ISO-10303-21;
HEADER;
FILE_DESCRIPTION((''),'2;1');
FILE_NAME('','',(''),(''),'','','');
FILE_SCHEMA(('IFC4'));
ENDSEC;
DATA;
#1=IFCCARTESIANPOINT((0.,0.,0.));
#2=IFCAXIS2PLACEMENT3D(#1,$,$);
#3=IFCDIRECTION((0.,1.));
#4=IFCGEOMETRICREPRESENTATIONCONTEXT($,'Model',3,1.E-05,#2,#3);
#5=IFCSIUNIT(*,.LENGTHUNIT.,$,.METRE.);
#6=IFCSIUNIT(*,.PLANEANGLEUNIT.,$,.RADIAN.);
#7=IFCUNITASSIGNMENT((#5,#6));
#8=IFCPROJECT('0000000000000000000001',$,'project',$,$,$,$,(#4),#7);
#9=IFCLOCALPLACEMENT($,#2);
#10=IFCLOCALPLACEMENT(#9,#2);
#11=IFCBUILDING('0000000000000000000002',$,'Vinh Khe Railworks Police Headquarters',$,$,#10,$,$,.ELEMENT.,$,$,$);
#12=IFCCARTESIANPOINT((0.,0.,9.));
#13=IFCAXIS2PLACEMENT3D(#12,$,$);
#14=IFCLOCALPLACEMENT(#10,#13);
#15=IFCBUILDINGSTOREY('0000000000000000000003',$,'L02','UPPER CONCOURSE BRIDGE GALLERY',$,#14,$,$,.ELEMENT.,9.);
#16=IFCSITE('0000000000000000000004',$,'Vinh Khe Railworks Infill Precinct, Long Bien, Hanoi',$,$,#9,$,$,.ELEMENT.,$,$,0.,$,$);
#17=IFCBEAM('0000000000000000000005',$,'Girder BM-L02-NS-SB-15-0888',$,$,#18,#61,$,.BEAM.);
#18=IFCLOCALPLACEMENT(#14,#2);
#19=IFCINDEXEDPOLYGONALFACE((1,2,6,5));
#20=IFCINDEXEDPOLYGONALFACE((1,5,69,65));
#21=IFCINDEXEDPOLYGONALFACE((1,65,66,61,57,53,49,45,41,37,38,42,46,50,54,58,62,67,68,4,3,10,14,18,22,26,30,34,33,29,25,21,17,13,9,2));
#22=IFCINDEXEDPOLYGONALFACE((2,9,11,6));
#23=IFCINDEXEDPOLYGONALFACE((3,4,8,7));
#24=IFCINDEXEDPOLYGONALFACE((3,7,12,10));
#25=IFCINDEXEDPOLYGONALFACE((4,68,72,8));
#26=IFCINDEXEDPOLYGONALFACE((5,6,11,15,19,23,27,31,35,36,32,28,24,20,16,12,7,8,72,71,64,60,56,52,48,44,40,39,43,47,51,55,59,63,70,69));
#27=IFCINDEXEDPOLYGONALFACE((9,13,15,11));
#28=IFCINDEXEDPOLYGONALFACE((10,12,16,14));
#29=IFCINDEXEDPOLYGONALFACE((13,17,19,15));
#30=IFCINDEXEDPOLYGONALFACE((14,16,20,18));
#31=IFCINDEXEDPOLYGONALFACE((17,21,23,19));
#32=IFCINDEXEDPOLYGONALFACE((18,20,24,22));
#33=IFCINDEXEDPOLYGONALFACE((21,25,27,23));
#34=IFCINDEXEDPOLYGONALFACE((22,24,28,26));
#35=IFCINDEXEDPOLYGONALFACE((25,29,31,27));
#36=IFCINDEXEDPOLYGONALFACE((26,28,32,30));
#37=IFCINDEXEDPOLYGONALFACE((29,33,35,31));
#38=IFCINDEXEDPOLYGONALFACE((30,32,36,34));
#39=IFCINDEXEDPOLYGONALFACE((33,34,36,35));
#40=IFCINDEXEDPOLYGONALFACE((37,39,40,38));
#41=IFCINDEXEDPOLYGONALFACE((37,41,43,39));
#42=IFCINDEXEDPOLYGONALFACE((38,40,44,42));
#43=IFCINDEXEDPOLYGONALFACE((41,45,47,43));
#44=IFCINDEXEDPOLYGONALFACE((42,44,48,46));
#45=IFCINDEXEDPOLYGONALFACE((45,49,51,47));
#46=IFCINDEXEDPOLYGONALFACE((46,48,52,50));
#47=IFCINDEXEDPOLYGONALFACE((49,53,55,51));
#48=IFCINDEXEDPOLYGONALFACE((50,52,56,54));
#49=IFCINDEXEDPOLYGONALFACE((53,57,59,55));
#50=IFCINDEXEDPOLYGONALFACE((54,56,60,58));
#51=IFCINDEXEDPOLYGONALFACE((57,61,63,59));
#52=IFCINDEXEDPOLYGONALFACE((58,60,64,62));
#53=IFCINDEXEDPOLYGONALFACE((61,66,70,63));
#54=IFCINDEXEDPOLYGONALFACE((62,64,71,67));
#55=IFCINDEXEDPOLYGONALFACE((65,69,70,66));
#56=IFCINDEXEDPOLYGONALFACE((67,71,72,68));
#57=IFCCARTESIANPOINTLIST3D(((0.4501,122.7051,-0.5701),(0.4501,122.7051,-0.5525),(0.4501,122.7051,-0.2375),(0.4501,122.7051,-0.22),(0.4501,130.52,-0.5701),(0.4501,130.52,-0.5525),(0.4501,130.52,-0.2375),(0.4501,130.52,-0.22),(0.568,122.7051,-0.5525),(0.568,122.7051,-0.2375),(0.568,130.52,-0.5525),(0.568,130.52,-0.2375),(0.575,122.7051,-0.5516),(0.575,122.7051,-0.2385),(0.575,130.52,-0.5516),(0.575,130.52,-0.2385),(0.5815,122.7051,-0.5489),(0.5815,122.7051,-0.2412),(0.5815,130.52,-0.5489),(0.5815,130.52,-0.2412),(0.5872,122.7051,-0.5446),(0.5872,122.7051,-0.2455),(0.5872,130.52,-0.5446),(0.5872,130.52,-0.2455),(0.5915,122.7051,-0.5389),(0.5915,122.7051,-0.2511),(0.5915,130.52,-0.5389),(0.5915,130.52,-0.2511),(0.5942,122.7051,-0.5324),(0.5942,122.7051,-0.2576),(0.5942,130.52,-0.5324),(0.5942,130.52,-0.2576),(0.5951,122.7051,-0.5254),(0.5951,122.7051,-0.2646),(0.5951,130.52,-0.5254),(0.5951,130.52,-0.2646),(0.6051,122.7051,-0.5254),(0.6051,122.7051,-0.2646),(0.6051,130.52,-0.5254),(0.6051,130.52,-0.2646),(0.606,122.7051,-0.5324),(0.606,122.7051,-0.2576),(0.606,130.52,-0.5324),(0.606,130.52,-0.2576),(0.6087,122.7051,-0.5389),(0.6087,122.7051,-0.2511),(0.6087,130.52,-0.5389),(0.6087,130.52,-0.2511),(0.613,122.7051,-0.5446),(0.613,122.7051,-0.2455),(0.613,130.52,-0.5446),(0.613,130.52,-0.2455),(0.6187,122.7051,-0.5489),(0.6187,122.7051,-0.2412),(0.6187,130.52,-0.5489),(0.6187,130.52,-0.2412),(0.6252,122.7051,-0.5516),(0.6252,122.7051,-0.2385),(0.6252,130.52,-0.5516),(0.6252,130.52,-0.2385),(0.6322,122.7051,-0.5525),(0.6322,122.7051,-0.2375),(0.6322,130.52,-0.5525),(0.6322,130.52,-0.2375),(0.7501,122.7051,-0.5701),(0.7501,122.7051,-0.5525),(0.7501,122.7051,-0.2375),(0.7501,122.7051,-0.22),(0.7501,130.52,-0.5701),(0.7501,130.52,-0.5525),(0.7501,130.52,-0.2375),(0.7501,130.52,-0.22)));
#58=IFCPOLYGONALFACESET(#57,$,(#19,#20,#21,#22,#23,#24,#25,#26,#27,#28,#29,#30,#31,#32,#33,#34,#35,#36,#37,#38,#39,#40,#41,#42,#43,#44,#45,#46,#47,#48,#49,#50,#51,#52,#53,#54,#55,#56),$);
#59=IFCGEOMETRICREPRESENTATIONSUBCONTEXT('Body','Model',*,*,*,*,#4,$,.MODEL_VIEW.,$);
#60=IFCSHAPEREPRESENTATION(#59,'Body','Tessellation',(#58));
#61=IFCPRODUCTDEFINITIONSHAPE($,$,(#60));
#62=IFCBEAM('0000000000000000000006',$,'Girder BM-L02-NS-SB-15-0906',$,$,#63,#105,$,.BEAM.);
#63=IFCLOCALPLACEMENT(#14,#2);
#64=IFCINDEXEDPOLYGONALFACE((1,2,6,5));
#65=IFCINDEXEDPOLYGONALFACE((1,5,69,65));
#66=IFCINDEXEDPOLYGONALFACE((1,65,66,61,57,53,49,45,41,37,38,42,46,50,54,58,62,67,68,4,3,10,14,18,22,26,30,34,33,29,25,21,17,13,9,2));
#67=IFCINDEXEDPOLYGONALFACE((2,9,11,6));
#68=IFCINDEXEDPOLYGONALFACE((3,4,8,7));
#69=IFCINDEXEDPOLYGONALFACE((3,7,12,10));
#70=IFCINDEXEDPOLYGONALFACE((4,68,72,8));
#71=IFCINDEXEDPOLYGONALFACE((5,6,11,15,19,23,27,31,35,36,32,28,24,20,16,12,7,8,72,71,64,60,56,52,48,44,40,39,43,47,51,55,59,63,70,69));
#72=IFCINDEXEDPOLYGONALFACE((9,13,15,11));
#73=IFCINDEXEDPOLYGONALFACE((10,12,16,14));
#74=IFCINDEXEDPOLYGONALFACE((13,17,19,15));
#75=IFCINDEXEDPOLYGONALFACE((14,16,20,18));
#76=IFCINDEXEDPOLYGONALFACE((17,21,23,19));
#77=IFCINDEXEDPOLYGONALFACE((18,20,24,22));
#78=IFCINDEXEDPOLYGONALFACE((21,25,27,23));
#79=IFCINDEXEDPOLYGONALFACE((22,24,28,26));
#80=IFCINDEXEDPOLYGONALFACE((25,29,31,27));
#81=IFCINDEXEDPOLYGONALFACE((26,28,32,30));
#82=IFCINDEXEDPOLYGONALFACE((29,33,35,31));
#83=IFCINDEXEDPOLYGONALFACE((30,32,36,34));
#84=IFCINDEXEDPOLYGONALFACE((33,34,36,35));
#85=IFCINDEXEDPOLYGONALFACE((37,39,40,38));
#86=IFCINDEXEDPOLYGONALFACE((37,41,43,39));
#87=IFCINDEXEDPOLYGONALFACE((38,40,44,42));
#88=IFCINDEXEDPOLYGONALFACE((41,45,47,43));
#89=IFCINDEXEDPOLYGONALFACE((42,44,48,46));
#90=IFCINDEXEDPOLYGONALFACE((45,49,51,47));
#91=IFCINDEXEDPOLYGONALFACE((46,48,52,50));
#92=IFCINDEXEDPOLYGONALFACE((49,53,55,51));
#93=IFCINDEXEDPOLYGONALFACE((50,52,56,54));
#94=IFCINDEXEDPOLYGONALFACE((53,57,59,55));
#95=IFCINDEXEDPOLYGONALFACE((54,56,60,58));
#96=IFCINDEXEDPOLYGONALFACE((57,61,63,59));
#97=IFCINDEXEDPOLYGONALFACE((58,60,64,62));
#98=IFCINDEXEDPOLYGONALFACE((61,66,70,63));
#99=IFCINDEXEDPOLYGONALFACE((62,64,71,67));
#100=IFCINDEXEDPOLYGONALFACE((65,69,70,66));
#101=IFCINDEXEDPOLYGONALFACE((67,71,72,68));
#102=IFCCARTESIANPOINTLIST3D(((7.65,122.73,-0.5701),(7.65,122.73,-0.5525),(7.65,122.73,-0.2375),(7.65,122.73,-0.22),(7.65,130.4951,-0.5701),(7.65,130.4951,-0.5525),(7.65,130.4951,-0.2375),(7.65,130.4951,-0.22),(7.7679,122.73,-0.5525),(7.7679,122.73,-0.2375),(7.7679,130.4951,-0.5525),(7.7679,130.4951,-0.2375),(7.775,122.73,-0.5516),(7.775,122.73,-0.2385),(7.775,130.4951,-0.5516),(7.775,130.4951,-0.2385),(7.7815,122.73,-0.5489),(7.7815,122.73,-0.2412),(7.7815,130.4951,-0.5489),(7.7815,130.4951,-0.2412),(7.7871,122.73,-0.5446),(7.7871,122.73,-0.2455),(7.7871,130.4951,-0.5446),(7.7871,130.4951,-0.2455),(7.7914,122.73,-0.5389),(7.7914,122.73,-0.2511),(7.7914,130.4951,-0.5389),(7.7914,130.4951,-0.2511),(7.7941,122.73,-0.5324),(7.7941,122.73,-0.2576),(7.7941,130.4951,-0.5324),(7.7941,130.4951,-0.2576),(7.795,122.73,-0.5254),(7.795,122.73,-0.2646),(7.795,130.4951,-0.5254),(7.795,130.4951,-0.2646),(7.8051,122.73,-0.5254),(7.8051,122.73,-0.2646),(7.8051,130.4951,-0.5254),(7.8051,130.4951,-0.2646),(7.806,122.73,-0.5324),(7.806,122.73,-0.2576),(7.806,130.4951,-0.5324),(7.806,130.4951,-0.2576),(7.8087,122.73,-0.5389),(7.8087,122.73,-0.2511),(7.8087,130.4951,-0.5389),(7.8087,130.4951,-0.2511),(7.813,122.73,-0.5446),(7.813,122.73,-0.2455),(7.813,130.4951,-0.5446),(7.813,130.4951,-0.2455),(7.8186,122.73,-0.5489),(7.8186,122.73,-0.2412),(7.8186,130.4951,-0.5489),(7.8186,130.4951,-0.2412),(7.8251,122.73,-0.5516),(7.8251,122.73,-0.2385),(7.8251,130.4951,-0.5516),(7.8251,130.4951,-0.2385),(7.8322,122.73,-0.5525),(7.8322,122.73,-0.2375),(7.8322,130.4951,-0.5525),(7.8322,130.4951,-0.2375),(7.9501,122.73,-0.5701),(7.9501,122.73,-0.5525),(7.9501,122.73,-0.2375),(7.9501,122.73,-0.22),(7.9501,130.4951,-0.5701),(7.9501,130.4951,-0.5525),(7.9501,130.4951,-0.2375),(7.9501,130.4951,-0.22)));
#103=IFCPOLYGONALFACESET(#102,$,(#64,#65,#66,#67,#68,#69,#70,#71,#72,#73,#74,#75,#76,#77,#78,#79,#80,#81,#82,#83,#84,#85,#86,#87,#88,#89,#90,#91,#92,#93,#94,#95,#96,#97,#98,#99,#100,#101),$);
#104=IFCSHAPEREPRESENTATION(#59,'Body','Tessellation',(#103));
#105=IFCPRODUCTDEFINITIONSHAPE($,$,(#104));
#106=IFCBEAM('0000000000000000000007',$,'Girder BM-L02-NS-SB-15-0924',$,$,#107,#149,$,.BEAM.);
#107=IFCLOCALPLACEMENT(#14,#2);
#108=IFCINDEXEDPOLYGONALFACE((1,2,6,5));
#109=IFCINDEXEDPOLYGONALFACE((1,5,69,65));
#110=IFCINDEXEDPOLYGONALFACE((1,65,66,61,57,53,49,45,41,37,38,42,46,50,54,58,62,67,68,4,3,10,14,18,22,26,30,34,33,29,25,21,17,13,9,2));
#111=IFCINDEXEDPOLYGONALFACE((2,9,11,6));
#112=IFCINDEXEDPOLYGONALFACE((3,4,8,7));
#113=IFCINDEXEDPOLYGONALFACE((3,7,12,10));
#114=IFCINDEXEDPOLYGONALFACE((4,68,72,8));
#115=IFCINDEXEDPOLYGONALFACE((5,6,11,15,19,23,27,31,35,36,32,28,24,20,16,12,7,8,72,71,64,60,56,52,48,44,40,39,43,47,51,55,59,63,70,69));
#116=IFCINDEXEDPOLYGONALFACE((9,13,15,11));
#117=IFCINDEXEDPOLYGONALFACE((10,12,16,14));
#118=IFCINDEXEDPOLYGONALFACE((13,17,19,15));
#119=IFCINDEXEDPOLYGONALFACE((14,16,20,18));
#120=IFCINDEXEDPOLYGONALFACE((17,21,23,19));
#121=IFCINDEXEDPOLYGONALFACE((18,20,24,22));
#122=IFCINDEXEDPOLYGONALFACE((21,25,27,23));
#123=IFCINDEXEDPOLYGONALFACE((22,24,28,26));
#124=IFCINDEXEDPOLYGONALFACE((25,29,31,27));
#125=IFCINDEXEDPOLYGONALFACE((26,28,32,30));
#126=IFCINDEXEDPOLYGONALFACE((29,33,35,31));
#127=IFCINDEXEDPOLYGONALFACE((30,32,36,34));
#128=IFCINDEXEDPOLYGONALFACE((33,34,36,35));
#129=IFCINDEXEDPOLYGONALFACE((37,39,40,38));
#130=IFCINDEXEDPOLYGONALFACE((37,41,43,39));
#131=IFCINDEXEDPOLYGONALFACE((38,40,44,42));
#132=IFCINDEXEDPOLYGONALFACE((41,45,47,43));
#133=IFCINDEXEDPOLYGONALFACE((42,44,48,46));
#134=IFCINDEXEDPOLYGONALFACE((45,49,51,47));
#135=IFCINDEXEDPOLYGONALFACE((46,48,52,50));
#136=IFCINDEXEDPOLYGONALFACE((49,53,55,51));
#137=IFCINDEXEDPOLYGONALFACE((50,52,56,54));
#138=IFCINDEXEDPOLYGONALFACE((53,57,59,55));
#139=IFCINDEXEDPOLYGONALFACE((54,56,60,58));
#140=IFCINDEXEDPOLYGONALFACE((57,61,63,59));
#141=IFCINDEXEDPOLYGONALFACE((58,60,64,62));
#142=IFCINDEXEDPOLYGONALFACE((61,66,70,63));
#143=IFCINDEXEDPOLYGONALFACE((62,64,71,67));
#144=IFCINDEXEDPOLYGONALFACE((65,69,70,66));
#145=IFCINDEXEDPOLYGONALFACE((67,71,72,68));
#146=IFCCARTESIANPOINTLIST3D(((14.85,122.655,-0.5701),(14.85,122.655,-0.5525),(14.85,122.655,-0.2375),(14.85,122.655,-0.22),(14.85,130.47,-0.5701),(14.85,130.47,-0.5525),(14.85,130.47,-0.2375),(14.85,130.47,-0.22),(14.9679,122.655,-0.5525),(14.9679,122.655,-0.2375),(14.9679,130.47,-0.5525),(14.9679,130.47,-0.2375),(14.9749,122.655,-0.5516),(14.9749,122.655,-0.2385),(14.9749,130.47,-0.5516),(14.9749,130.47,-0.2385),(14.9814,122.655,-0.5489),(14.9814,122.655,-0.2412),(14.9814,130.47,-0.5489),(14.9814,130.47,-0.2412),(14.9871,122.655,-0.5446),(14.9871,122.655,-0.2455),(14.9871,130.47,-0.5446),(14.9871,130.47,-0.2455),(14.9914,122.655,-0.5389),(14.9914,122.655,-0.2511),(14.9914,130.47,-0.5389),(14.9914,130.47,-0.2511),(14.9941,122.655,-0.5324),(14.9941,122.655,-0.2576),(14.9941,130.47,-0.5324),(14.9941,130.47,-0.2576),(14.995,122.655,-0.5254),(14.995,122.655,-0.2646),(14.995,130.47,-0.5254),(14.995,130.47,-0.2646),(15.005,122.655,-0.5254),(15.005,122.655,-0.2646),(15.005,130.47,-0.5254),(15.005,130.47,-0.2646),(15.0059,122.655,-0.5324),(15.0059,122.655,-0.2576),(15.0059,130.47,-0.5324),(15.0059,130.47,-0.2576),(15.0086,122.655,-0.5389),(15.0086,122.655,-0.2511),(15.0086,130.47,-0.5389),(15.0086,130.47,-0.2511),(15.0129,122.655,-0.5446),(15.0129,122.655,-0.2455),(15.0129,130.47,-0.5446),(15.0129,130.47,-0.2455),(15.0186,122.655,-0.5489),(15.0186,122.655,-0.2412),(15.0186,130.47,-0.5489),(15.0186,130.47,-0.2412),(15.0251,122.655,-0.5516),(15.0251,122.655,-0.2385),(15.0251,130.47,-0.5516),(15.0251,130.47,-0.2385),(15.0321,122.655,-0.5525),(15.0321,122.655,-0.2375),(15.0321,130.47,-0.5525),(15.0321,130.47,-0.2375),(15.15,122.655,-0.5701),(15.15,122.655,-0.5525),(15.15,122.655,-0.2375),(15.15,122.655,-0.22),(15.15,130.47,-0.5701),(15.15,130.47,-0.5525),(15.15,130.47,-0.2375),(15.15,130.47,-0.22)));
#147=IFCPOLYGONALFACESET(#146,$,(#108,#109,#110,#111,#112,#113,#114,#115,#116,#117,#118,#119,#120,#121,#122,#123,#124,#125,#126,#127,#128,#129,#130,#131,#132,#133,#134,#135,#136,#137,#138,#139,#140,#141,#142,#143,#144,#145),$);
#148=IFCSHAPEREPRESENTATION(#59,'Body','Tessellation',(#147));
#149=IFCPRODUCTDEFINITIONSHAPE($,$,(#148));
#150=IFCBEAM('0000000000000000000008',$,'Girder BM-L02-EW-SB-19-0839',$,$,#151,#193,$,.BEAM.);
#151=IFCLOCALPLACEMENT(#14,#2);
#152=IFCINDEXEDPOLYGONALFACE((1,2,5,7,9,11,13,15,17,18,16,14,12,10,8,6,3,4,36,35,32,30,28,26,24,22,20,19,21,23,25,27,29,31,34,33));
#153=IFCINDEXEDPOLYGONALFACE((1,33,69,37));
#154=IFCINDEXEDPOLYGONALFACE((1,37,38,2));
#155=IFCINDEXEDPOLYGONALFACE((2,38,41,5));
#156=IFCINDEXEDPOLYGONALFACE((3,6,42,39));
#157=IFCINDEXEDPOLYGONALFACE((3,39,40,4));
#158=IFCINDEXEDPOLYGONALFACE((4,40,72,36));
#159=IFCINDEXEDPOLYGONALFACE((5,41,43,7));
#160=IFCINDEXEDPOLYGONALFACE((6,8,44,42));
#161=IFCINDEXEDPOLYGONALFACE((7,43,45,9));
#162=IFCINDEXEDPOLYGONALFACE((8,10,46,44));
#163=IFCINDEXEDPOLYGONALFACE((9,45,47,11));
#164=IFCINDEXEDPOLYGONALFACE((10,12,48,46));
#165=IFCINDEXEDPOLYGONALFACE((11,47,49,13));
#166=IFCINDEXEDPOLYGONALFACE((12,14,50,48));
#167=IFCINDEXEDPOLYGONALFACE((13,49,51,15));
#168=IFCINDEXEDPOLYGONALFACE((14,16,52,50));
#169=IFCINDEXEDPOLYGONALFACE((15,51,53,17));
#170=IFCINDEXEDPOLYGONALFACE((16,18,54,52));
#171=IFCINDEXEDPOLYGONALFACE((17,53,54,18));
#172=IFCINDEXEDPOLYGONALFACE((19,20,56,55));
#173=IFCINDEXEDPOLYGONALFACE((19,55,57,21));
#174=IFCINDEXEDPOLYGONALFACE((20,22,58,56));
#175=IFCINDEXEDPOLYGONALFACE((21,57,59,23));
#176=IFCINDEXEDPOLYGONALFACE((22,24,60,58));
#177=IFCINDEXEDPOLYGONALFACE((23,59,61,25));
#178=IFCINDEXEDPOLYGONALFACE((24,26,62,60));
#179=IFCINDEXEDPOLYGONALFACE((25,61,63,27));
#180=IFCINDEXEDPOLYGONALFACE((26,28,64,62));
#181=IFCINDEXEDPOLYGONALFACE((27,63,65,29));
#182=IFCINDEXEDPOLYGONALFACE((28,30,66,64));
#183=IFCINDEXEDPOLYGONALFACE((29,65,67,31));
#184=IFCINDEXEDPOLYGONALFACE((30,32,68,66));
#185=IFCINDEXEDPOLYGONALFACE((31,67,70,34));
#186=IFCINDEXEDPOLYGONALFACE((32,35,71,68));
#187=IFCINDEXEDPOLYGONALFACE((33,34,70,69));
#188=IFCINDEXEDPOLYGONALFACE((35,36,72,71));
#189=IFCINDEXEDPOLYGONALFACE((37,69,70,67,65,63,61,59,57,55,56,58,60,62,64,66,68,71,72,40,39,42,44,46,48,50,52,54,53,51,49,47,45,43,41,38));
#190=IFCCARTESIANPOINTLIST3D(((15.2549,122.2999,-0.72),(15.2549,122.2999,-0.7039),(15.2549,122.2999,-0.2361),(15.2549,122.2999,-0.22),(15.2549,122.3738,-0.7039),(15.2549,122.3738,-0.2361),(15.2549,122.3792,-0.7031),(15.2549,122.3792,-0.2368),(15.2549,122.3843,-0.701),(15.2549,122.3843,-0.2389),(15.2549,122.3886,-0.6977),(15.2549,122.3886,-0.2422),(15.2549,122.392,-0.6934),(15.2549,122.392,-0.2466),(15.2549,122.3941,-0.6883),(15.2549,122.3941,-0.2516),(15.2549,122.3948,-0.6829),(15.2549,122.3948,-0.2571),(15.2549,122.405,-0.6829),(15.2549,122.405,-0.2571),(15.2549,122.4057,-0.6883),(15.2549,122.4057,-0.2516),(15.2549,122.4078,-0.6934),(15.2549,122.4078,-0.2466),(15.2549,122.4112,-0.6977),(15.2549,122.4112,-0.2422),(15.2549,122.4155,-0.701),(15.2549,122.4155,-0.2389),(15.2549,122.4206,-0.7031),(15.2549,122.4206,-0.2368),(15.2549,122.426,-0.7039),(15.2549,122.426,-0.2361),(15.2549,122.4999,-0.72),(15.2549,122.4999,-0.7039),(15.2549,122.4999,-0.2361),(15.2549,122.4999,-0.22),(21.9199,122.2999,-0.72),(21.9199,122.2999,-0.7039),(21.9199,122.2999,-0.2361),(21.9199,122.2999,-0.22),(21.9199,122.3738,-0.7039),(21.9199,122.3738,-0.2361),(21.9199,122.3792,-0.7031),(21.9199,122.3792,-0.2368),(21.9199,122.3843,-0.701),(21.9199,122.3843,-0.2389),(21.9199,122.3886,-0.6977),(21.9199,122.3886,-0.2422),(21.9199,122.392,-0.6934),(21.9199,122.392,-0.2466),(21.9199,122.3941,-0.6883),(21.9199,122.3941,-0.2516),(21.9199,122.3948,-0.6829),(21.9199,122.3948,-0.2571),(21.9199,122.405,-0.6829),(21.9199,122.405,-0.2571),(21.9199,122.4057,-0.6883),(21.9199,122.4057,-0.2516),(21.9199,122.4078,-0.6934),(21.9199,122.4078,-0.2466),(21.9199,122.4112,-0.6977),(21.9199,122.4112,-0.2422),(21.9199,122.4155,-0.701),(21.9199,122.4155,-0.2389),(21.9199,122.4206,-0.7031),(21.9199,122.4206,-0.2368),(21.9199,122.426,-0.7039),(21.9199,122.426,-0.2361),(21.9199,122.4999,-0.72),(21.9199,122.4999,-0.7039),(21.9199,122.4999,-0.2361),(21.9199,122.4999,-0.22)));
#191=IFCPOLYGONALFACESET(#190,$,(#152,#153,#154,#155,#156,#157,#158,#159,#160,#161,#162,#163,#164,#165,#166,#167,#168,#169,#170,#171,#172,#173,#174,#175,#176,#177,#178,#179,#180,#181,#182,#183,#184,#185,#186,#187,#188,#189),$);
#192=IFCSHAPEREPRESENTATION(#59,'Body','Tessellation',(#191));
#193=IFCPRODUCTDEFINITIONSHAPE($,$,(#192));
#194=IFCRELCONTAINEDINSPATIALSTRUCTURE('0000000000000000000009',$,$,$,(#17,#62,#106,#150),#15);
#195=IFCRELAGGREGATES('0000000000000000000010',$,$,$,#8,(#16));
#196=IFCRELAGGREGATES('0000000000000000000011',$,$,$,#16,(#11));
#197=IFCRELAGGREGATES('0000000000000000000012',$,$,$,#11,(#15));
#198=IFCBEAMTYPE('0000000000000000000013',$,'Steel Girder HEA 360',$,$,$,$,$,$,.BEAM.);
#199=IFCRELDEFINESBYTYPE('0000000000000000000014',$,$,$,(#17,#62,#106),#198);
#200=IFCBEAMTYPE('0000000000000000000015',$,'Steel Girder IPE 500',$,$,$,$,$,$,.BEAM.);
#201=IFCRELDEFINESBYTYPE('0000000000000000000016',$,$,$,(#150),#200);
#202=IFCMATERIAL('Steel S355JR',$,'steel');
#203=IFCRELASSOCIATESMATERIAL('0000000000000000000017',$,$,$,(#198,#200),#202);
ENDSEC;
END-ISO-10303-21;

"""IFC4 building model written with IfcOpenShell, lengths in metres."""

from ifc_helpers import new_model, si_unit, direction, frame, origin, origin_2d, place, context, subcontext, project, spatial, i_section, extrude, material, material_profile, profile_set, type_object, element, save


model = new_model("IFC4")

# Units and contexts
model_context = context("Model", 3, precision=1e-05, world=origin(), true_north=direction((0.0, 1.0)))
body_context = subcontext(model_context, "Body", "Model", "MODEL_VIEW")
ifc_project = project(units=[si_unit("LENGTHUNIT", "METRE"), si_unit("PLANEANGLEUNIT", "RADIAN")], contexts=[model_context])

# Site, building, storey
site_placement = place(None, origin())
site = spatial("IfcSite", under=ifc_project, at=site_placement, Name="Vinh Khe Railworks Infill Precinct, Long Bien, Hanoi", CompositionType="ELEMENT", RefElevation=0.0)
building_placement = place(site_placement, origin())
building = spatial("IfcBuilding", under=site, at=building_placement, Name="Vinh Khe Railworks Police Headquarters", CompositionType="ELEMENT")
storey_placement = place(building_placement, frame((0.0, 0.0, 9.0)))
storey = spatial("IfcBuildingStorey", under=building, at=storey_placement, Name="L02", Description="UPPER CONCOURSE BRIDGE GALLERY", CompositionType="ELEMENT", Elevation=9.0)

# Shared definitions
ifc_material_1 = material(Name="Steel S355JR", Category="steel")

# Beams
ifc_material_profile_1 = material_profile(ifc_material_1, i_section(OverallWidth=0.3, OverallDepth=0.3501, WebThickness=0.01, FlangeThickness=0.0176, FilletRadius=0.0271, at=origin_2d()), Name="HEA 360")
ifc_profile_set_1 = profile_set([ifc_material_profile_1], Name="Steel S355JR")
beam_type_1 = type_object("IfcBeamType", Name="Steel Girder HEA 360", PredefinedType="BEAM", material=ifc_profile_set_1)
beam_1_placement = place(storey_placement, frame((0.6001, 122.7051, -0.395), z_axis=(0.0, 1.0, 0.0), x_axis=(-1.0, 0.0, 0.0)))
element("IfcBeam", 1, at=beam_1_placement, inside=storey, type_object=beam_type_1, Name="Girder BM-L02-NS-SB-15-0888", PredefinedType="BEAM", context=body_context, shape_type="SweptSolid", body=[
    extrude(i_section(OverallWidth=0.3, OverallDepth=0.3501, WebThickness=0.01, FlangeThickness=0.0176, FilletRadius=0.0271, at=origin_2d()), origin(), (0.0, 0.0, 1.0), 7.8149),
])
beam_2_placement = place(storey_placement, frame((7.8, 122.73, -0.395), z_axis=(0.0, 1.0, 0.0), x_axis=(-1.0, 0.0, 0.0)))
element("IfcBeam", 2, at=beam_2_placement, inside=storey, type_object=beam_type_1, Name="Girder BM-L02-NS-SB-15-0906", PredefinedType="BEAM", context=body_context, shape_type="SweptSolid", body=[
    extrude(i_section(OverallWidth=0.3, OverallDepth=0.3501, WebThickness=0.01, FlangeThickness=0.0176, FilletRadius=0.0271, at=origin_2d()), origin(), (0.0, 0.0, 1.0), 7.7651),
])
beam_3_placement = place(storey_placement, frame((15.0, 122.655, -0.395), z_axis=(0.0, 1.0, 0.0), x_axis=(-1.0, 0.0, 0.0)))
element("IfcBeam", 3, at=beam_3_placement, inside=storey, type_object=beam_type_1, Name="Girder BM-L02-NS-SB-15-0924", PredefinedType="BEAM", context=body_context, shape_type="SweptSolid", body=[
    extrude(i_section(OverallWidth=0.3, OverallDepth=0.3501, WebThickness=0.01, FlangeThickness=0.0176, FilletRadius=0.0271, at=origin_2d()), origin(), (0.0, 0.0, 1.0), 7.8149),
])
ifc_material_profile_2 = material_profile(ifc_material_1, i_section(OverallWidth=0.2, OverallDepth=0.5, WebThickness=0.0103, FlangeThickness=0.0161, FilletRadius=0.021, at=origin_2d()), Name="IPE 500")
ifc_profile_set_2 = profile_set([ifc_material_profile_2], Name="Steel S355JR")
beam_type_2 = type_object("IfcBeamType", Name="Steel Girder IPE 500", PredefinedType="BEAM", material=ifc_profile_set_2)
beam_4_placement = place(storey_placement, frame((15.2549, 122.3999, -0.47), z_axis=(1.0, 0.0, 0.0), x_axis=(0.0, 1.0, 0.0)))
element("IfcBeam", 4, at=beam_4_placement, inside=storey, type_object=beam_type_2, Name="Girder BM-L02-EW-SB-19-0839", PredefinedType="BEAM", context=body_context, shape_type="SweptSolid", body=[
    extrude(i_section(OverallWidth=0.2, OverallDepth=0.5, WebThickness=0.0103, FlangeThickness=0.0161, FilletRadius=0.021, at=origin_2d()), origin(), (0.0, 0.0, 1.0), 6.665),
])

save(model, "model.ifc")
